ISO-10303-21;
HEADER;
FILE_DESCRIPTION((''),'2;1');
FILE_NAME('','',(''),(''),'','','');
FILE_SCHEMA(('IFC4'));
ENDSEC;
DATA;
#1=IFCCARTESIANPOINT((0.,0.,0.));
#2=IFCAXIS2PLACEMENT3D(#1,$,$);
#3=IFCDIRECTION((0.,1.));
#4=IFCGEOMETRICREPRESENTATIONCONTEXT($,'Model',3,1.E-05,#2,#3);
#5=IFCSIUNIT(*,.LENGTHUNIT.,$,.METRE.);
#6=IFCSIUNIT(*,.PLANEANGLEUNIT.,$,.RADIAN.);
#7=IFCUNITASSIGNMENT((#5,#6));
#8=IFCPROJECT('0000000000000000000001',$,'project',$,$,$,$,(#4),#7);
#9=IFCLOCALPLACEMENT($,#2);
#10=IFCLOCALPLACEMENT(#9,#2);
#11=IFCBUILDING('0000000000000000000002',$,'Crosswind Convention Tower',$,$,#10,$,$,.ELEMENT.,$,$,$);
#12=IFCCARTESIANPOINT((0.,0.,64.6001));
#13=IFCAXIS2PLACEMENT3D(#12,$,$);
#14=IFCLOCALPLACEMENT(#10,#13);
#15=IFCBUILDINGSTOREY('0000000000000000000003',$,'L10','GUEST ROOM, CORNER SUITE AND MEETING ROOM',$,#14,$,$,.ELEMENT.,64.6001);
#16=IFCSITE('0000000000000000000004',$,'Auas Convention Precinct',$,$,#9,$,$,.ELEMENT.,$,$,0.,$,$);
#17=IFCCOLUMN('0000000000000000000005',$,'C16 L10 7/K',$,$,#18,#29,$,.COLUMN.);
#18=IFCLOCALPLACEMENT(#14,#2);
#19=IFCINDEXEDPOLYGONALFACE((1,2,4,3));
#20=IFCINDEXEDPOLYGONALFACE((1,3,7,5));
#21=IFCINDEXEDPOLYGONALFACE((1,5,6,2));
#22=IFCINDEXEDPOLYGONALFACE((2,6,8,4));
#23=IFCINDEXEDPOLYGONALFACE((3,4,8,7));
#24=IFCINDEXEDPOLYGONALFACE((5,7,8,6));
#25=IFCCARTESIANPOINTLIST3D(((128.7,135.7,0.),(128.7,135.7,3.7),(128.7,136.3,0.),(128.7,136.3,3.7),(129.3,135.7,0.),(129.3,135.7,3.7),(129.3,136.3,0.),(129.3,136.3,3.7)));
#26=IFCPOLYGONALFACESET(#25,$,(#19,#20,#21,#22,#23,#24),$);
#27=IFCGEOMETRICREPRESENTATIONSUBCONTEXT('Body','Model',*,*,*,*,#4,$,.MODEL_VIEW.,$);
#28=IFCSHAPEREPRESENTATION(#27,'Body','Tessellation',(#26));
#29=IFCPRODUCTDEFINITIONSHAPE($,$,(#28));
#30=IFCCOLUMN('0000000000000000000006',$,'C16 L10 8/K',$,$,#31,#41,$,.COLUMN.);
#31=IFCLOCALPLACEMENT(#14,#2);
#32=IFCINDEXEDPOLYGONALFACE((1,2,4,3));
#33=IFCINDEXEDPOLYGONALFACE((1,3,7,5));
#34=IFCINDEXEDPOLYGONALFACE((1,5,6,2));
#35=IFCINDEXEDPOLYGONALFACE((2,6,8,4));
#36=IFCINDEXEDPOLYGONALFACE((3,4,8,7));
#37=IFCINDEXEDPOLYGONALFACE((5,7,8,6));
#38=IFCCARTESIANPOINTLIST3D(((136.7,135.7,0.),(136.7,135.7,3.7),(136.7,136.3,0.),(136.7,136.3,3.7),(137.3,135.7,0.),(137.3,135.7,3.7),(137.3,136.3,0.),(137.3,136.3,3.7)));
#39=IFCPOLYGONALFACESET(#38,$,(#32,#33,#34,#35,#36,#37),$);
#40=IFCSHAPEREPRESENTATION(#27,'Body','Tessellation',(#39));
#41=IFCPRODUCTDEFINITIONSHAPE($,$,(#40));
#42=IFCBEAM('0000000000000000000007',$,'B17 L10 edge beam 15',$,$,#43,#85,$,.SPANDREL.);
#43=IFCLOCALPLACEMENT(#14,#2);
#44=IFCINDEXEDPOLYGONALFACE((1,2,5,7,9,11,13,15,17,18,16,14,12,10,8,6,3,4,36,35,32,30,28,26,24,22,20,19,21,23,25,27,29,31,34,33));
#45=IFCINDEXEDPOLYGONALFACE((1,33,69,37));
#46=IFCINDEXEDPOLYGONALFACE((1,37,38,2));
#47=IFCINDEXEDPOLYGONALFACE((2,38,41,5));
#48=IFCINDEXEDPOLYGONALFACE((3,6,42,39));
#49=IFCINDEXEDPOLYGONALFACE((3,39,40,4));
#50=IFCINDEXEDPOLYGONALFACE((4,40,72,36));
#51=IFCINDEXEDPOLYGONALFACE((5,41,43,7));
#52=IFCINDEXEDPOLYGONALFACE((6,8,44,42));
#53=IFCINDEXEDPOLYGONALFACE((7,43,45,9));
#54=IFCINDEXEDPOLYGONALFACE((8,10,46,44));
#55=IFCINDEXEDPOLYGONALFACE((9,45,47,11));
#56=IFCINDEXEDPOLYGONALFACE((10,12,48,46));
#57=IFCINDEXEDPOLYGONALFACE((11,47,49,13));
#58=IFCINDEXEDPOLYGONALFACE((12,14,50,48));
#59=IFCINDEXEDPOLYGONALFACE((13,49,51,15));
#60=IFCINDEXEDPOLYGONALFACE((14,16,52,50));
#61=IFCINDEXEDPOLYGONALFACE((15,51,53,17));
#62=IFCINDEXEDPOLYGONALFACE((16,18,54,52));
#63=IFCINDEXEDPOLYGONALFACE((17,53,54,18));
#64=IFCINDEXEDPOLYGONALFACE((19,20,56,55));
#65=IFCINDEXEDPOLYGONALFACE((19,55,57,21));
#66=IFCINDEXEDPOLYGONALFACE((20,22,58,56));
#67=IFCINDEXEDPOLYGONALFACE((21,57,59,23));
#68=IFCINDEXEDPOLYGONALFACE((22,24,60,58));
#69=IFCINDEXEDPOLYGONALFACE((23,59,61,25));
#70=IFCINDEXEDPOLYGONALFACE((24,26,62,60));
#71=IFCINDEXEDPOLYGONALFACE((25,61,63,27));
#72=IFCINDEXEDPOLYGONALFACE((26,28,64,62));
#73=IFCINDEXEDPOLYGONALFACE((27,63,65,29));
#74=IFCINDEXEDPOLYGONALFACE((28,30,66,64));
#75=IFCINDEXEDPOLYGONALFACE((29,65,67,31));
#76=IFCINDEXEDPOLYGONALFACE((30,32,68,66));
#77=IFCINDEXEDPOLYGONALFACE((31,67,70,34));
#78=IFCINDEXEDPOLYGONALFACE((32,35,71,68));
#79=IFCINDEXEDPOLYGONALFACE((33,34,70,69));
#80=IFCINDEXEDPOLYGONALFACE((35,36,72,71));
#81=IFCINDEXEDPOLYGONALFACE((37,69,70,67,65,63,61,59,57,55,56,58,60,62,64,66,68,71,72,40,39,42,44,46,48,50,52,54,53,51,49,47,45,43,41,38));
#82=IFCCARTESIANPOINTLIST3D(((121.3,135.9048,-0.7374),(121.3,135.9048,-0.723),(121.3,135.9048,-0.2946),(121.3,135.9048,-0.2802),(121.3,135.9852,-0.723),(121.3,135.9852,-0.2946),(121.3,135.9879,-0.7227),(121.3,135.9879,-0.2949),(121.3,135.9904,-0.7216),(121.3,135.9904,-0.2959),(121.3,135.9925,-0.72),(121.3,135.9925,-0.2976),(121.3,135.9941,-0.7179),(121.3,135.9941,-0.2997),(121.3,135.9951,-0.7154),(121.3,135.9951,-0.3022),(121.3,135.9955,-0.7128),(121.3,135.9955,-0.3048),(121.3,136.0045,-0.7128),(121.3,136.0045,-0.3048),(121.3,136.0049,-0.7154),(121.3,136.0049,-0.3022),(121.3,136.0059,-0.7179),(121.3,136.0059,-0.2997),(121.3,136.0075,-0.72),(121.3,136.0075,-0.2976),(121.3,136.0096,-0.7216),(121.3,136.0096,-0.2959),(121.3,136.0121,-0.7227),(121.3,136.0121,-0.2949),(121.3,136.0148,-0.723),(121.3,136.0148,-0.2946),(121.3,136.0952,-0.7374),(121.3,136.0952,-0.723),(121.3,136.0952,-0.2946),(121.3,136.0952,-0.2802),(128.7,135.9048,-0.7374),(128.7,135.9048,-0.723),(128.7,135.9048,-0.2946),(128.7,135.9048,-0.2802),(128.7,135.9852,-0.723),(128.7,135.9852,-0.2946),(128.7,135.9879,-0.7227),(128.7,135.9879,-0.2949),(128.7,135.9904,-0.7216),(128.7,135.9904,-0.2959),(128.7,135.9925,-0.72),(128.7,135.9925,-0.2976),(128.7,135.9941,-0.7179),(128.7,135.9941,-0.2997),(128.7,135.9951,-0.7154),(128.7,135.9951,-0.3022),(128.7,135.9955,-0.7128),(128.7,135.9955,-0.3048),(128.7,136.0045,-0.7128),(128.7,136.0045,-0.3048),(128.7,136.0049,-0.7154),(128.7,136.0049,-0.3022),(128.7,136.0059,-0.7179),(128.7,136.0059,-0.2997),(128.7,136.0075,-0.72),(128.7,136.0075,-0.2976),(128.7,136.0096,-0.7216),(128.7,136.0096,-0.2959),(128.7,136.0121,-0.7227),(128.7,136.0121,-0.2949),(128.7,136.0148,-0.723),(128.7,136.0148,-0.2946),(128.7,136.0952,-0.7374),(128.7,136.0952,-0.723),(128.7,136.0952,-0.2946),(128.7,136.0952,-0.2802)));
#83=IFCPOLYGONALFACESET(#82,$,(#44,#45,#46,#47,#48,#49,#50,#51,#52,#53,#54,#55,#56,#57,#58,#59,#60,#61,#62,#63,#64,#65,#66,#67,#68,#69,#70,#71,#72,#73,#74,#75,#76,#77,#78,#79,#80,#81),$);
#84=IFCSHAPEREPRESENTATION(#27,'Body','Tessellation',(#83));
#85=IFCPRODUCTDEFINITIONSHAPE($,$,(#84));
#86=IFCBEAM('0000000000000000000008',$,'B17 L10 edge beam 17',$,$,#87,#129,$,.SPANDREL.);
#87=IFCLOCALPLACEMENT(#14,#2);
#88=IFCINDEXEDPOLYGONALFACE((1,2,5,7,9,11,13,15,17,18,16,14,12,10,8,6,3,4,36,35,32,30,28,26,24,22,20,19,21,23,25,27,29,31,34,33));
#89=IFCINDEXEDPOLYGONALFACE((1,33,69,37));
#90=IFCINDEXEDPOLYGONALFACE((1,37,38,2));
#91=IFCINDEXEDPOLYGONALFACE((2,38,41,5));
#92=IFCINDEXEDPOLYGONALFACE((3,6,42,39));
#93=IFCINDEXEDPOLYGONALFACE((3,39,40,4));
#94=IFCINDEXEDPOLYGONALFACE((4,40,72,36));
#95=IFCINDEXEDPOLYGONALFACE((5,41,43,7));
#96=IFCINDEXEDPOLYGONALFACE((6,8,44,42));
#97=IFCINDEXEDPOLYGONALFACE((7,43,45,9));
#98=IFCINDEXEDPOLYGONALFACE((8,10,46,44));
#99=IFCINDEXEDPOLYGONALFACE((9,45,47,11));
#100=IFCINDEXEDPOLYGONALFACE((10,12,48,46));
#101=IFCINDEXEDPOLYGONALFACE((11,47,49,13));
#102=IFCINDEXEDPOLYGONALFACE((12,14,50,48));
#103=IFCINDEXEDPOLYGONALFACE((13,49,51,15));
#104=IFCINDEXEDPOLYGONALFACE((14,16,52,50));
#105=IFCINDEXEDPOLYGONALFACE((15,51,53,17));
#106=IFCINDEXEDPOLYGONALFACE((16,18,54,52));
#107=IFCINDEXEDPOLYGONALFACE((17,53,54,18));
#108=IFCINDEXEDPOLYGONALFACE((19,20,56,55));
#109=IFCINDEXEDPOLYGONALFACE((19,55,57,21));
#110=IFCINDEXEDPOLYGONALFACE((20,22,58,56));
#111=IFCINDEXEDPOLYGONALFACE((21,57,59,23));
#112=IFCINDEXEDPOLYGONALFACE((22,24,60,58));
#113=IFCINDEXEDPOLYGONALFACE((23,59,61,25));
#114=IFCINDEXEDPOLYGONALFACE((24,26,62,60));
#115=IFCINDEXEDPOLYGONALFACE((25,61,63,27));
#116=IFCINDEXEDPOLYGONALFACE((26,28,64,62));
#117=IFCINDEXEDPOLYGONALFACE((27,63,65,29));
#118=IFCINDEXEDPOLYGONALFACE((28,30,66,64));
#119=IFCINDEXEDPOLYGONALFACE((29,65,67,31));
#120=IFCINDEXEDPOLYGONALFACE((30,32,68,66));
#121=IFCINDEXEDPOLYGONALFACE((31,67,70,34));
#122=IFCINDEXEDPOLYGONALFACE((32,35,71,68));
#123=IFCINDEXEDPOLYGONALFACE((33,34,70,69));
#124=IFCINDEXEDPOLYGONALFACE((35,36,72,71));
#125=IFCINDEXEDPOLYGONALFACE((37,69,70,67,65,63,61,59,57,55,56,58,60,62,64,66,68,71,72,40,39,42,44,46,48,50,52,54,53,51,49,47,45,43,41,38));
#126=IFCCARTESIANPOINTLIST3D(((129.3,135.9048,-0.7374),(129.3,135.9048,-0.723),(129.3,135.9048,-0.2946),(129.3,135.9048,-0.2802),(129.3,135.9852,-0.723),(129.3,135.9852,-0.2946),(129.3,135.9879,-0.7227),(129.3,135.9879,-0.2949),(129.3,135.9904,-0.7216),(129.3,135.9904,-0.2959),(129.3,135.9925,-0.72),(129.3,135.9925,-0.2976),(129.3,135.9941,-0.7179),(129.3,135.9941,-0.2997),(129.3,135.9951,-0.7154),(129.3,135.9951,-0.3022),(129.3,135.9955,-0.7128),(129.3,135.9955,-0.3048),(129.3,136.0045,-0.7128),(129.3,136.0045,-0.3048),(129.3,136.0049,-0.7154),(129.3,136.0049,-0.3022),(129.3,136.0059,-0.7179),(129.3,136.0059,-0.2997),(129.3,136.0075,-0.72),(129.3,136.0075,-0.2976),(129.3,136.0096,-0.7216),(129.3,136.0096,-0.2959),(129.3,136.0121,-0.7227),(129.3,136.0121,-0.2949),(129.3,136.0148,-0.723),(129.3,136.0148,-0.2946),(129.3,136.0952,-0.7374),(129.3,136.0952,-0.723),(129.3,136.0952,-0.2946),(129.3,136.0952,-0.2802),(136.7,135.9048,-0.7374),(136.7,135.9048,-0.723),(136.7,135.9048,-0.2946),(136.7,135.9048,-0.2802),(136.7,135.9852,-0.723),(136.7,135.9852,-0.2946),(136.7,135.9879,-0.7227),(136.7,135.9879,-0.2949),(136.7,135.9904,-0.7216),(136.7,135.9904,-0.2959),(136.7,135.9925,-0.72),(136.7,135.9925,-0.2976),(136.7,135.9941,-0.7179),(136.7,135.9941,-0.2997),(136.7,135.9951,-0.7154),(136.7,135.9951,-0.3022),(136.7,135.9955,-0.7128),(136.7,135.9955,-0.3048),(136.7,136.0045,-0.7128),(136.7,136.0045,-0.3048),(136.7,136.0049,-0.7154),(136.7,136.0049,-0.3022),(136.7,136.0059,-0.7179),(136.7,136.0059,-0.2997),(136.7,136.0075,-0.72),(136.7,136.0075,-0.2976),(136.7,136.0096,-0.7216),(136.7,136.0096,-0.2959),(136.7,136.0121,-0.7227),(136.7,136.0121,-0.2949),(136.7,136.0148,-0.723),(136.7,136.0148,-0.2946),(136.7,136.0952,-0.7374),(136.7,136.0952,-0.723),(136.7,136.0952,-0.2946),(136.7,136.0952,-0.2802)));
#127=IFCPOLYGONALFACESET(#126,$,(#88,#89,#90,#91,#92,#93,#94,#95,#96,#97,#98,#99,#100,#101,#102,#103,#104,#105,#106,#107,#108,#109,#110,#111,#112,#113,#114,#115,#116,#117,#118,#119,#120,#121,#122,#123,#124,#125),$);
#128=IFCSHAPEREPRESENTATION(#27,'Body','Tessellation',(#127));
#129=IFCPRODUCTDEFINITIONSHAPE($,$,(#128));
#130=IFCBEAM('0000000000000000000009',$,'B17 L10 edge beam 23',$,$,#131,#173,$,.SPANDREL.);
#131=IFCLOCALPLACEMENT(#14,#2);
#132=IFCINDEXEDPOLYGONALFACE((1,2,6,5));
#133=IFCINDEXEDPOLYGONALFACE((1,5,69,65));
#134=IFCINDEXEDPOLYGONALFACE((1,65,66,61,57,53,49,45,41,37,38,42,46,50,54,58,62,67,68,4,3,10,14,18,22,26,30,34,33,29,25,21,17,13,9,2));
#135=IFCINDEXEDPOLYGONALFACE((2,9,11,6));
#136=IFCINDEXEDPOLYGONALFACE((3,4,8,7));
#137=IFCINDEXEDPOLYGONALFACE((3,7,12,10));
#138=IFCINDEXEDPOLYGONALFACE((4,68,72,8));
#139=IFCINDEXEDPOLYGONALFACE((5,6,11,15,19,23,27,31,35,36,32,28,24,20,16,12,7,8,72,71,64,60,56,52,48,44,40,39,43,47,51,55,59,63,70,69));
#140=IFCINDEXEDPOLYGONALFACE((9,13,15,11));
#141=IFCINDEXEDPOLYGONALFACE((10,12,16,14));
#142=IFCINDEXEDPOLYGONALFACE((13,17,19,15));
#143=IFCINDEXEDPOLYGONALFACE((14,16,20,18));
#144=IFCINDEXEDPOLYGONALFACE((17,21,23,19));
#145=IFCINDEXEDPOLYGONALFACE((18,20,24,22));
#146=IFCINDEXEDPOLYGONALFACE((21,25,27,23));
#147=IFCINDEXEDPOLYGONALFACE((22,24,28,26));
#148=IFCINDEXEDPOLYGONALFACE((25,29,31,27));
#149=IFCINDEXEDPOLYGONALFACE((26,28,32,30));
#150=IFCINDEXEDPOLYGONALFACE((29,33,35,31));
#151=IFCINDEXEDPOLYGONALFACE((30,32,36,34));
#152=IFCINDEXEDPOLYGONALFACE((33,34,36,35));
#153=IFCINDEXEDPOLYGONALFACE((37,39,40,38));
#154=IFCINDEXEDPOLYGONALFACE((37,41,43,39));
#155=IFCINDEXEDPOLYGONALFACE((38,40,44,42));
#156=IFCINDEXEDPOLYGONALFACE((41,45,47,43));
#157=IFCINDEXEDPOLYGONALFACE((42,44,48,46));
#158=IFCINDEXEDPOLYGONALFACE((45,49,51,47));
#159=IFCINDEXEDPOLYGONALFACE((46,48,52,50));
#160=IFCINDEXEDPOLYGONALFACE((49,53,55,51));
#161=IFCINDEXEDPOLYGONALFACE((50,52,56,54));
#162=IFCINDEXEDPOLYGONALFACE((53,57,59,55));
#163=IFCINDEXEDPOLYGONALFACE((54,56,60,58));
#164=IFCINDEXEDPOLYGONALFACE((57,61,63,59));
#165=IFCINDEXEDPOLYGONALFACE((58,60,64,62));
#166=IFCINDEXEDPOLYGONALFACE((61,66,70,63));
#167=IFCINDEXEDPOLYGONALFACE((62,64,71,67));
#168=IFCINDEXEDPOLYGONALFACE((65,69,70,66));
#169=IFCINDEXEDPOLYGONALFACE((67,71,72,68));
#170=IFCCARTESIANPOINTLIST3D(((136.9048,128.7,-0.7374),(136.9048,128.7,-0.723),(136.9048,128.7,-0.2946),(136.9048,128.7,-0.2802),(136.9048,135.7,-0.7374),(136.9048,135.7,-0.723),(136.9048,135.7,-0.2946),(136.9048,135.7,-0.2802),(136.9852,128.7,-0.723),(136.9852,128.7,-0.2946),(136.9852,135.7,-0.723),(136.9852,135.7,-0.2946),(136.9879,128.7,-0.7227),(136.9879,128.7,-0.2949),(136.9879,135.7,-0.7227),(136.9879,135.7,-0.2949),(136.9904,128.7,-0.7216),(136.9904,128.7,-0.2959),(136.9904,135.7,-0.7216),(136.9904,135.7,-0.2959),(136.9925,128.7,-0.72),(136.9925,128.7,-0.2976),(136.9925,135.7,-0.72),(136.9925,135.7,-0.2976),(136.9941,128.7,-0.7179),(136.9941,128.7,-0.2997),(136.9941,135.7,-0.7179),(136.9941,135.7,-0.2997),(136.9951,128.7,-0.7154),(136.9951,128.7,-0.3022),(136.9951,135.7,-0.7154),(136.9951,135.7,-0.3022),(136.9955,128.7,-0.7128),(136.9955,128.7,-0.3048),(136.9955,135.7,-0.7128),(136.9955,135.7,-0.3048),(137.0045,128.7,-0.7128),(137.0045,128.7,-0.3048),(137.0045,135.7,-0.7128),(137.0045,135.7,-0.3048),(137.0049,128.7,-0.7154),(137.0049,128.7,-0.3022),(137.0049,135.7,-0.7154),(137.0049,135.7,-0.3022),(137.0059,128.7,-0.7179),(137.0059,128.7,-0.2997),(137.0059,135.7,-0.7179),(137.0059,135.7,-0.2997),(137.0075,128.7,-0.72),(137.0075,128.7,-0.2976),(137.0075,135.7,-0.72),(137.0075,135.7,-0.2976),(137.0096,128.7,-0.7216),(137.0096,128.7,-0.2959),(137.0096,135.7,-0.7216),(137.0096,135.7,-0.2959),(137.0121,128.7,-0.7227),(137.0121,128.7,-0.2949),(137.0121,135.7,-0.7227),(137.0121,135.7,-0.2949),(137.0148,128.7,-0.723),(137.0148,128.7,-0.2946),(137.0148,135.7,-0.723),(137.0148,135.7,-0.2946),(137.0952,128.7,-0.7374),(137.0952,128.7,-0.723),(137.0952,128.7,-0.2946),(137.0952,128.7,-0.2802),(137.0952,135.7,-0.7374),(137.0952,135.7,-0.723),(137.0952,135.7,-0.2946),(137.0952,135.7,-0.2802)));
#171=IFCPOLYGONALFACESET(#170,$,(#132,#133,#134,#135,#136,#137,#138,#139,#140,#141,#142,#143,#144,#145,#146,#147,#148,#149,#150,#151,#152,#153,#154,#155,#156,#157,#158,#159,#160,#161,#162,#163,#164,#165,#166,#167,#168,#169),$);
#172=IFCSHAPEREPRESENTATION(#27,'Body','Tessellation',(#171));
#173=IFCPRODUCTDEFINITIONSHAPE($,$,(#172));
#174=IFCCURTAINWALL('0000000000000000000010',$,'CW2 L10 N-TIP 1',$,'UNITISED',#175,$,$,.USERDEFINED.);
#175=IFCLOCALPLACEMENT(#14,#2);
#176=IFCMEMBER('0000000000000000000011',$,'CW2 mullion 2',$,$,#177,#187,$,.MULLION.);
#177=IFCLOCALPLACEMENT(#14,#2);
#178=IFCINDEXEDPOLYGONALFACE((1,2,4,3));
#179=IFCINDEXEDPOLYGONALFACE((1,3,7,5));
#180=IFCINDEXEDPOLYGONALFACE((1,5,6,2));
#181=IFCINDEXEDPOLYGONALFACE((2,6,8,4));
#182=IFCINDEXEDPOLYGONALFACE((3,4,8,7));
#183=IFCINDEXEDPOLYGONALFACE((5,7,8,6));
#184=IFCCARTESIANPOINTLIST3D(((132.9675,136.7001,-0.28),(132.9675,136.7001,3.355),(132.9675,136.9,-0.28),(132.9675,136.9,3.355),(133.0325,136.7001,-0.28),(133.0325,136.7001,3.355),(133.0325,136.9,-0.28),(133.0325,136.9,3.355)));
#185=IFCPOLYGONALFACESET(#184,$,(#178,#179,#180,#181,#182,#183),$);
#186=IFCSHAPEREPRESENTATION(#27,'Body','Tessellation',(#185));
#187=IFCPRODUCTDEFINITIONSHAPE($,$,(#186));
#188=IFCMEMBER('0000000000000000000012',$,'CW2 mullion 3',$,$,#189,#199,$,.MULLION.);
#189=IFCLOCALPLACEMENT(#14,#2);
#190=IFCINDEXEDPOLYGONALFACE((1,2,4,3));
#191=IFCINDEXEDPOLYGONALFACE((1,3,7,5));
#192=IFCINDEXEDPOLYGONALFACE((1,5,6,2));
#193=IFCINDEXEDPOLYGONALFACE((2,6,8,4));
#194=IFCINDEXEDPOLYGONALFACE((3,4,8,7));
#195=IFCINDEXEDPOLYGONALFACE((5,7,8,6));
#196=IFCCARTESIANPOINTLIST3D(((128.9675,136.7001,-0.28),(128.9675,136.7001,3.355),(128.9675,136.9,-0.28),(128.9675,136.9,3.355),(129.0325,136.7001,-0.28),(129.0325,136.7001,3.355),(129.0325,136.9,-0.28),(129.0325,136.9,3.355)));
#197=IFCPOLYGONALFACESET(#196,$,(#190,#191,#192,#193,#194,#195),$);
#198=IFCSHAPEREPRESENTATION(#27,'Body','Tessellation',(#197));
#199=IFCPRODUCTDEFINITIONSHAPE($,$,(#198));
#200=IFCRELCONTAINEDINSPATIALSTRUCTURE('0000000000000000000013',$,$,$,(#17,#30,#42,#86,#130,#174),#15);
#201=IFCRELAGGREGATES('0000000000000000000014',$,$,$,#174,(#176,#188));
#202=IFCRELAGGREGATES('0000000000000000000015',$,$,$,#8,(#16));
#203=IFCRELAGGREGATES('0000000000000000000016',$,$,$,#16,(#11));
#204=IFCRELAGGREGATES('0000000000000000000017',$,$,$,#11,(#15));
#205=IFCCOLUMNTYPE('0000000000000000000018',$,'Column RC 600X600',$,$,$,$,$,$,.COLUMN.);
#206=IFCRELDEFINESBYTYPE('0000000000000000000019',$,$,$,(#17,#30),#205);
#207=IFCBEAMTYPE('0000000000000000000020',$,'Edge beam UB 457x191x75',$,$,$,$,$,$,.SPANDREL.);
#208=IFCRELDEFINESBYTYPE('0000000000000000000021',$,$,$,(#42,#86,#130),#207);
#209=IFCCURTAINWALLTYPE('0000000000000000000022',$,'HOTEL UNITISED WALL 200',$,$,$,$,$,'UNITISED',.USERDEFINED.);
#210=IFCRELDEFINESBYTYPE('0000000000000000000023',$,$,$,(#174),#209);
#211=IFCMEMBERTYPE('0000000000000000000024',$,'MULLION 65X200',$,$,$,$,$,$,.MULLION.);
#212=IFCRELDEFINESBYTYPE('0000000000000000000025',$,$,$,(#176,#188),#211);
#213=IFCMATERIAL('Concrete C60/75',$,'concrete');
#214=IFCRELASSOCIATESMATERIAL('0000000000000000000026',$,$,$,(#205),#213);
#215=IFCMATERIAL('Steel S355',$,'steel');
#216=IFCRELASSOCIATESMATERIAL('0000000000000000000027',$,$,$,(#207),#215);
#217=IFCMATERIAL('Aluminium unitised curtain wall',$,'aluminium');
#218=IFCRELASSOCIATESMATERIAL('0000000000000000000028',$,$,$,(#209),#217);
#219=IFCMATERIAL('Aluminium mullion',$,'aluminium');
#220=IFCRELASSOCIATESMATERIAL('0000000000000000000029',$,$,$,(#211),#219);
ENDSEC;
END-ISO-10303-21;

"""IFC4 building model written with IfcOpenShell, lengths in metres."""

from ifc_helpers import new_model, si_unit, direction, frame, origin, origin_2d, place, context, subcontext, project, spatial, rectangle, i_section, extrude, material, material_profile, profile_set, type_object, element, aggregate, save


model = new_model("IFC4")

# Units and contexts
model_context = context("Model", 3, precision=1e-05, world=origin(), true_north=direction((0.0, 1.0)))
body_context = subcontext(model_context, "Body", "Model", "MODEL_VIEW")
ifc_project = project(units=[si_unit("LENGTHUNIT", "METRE"), si_unit("PLANEANGLEUNIT", "RADIAN")], contexts=[model_context])

# Site, building, storey
site_placement = place(None, origin())
site = spatial("IfcSite", under=ifc_project, at=site_placement, Name="Auas Convention Precinct", CompositionType="ELEMENT", RefElevation=0.0)
building_placement = place(site_placement, origin())
building = spatial("IfcBuilding", under=site, at=building_placement, Name="Crosswind Convention Tower", CompositionType="ELEMENT")
storey_placement = place(building_placement, frame((0.0, 0.0, 64.6001)))
storey = spatial("IfcBuildingStorey", under=building, at=storey_placement, Name="L10", Description="GUEST ROOM, CORNER SUITE AND MEETING ROOM", CompositionType="ELEMENT", Elevation=64.6001)

# Columns
ifc_material_1 = material(Name="Concrete C60/75", Category="concrete")
ifc_material_profile_1 = material_profile(ifc_material_1, rectangle(XDim=0.6001, YDim=0.6001, at=origin_2d()), Name="RC 600X600")
ifc_profile_set_1 = profile_set([ifc_material_profile_1], Name="Concrete C60/75")
column_type = type_object("IfcColumnType", Name="Column RC 600X600", PredefinedType="COLUMN", material=ifc_profile_set_1)
for number, where, z_axis, x_axis, name in (
    (1, (129.0, 136.0, 0.0), (0.0, 0.0, 1.0), (1.0, 0.0, 0.0), "C16 L10 7/K"),
    (2, (137.0, 136.0, 0.0), (0.0, 0.0, 1.0), (1.0, 0.0, 0.0), "C16 L10 8/K"),
):
    element("IfcColumn", number, at=place(storey_placement, frame(where, z_axis=z_axis, x_axis=x_axis)), inside=storey, type_object=column_type, Name=name, PredefinedType="COLUMN", context=body_context, shape_type="SweptSolid", body=[
        extrude(rectangle(XDim=0.6001, YDim=0.6001, at=origin_2d()), origin(), (0.0, 0.0, 1.0), 3.7),
    ])

# Beams
ifc_material_2 = material(Name="Steel S355", Category="steel")
ifc_material_profile_2 = material_profile(ifc_material_2, i_section(OverallWidth=0.1904, OverallDepth=0.4573, WebThickness=0.009, FlangeThickness=0.0144, FilletRadius=0.0103, at=origin_2d()), Name="UB 457x191x75")
ifc_profile_set_2 = profile_set([ifc_material_profile_2], Name="Steel S355")
beam_type_1 = type_object("IfcBeamType", Name="Edge beam UB 457x191x75", PredefinedType="SPANDREL", material=ifc_profile_set_2)
for number, where, z_axis, x_axis, name in (
    (3, (121.3, 136.0, -0.5088), (1.0, 0.0, 0.0), (0.0, 1.0, 0.0), "B17 L10 edge beam 15"),
    (4, (129.3, 136.0, -0.5088), (1.0, 0.0, 0.0), (0.0, 1.0, 0.0), "B17 L10 edge beam 17"),
):
    element("IfcBeam", number, at=place(storey_placement, frame(where, z_axis=z_axis, x_axis=x_axis)), inside=storey, type_object=beam_type_1, Name=name, PredefinedType="SPANDREL", context=body_context, shape_type="SweptSolid", body=[
        extrude(i_section(OverallWidth=0.1904, OverallDepth=0.4573, WebThickness=0.009, FlangeThickness=0.0144, FilletRadius=0.0103, at=origin_2d()), origin(), (0.0, 0.0, 1.0), 7.3999),
    ])
beam_1_placement = place(storey_placement, frame((137.0, 128.7, -0.5088), z_axis=(0.0, 1.0, 0.0), x_axis=(-1.0, 0.0, 0.0)))
element("IfcBeam", 5, at=beam_1_placement, inside=storey, type_object=beam_type_1, Name="B17 L10 edge beam 23", PredefinedType="SPANDREL", context=body_context, shape_type="SweptSolid", body=[
    extrude(i_section(OverallWidth=0.1904, OverallDepth=0.4573, WebThickness=0.009, FlangeThickness=0.0144, FilletRadius=0.0103, at=origin_2d()), origin(), (0.0, 0.0, 1.0), 7.0),
])

# Curtain wall, members
ifc_material_3 = material(Name="Aluminium unitised curtain wall", Category="aluminium")
curtain_wall_type = type_object("IfcCurtainWallType", Name="HOTEL UNITISED WALL 200", ElementType="UNITISED", PredefinedType="USERDEFINED", material=ifc_material_3)
curtain_wall_placement = place(storey_placement, origin())
curtain_wall = element("IfcCurtainWall", 6, at=curtain_wall_placement, inside=storey, type_object=curtain_wall_type, Name="CW2 L10 N-TIP 1", ObjectType="UNITISED", PredefinedType="USERDEFINED")
ifc_material_4 = material(Name="Aluminium mullion", Category="aluminium")
ifc_material_profile_3 = material_profile(ifc_material_4, rectangle(XDim=0.2, YDim=0.0649, at=origin_2d()), Name="AL 200X65")
ifc_profile_set_3 = profile_set([ifc_material_profile_3], Name="Aluminium mullion")
member_type = type_object("IfcMemberType", Name="MULLION 65X200", PredefinedType="MULLION", material=ifc_profile_set_3)
member_1_placement = place(storey_placement, frame((133.0, 136.8, -0.28), z_axis=(0.0, 0.0, 1.0), x_axis=(0.0, 1.0, 0.0)))
member_1 = element("IfcMember", 7, at=member_1_placement, type_object=member_type, Name="CW2 mullion 2", PredefinedType="MULLION", context=body_context, shape_type="SweptSolid", body=[
    extrude(rectangle(XDim=0.2, YDim=0.0649, at=origin_2d()), origin(), (0.0, 0.0, 1.0), 3.635),
])
member_2_placement = place(storey_placement, frame((129.0, 136.8, -0.28), z_axis=(0.0, 0.0, 1.0), x_axis=(0.0, 1.0, 0.0)))
member_2 = element("IfcMember", 8, at=member_2_placement, type_object=member_type, Name="CW2 mullion 3", PredefinedType="MULLION", context=body_context, shape_type="SweptSolid", body=[
    extrude(rectangle(XDim=0.2, YDim=0.0649, at=origin_2d()), origin(), (0.0, 0.0, 1.0), 3.635),
])

aggregate(curtain_wall, [member_1, member_2])

save(model, "model.ifc")
